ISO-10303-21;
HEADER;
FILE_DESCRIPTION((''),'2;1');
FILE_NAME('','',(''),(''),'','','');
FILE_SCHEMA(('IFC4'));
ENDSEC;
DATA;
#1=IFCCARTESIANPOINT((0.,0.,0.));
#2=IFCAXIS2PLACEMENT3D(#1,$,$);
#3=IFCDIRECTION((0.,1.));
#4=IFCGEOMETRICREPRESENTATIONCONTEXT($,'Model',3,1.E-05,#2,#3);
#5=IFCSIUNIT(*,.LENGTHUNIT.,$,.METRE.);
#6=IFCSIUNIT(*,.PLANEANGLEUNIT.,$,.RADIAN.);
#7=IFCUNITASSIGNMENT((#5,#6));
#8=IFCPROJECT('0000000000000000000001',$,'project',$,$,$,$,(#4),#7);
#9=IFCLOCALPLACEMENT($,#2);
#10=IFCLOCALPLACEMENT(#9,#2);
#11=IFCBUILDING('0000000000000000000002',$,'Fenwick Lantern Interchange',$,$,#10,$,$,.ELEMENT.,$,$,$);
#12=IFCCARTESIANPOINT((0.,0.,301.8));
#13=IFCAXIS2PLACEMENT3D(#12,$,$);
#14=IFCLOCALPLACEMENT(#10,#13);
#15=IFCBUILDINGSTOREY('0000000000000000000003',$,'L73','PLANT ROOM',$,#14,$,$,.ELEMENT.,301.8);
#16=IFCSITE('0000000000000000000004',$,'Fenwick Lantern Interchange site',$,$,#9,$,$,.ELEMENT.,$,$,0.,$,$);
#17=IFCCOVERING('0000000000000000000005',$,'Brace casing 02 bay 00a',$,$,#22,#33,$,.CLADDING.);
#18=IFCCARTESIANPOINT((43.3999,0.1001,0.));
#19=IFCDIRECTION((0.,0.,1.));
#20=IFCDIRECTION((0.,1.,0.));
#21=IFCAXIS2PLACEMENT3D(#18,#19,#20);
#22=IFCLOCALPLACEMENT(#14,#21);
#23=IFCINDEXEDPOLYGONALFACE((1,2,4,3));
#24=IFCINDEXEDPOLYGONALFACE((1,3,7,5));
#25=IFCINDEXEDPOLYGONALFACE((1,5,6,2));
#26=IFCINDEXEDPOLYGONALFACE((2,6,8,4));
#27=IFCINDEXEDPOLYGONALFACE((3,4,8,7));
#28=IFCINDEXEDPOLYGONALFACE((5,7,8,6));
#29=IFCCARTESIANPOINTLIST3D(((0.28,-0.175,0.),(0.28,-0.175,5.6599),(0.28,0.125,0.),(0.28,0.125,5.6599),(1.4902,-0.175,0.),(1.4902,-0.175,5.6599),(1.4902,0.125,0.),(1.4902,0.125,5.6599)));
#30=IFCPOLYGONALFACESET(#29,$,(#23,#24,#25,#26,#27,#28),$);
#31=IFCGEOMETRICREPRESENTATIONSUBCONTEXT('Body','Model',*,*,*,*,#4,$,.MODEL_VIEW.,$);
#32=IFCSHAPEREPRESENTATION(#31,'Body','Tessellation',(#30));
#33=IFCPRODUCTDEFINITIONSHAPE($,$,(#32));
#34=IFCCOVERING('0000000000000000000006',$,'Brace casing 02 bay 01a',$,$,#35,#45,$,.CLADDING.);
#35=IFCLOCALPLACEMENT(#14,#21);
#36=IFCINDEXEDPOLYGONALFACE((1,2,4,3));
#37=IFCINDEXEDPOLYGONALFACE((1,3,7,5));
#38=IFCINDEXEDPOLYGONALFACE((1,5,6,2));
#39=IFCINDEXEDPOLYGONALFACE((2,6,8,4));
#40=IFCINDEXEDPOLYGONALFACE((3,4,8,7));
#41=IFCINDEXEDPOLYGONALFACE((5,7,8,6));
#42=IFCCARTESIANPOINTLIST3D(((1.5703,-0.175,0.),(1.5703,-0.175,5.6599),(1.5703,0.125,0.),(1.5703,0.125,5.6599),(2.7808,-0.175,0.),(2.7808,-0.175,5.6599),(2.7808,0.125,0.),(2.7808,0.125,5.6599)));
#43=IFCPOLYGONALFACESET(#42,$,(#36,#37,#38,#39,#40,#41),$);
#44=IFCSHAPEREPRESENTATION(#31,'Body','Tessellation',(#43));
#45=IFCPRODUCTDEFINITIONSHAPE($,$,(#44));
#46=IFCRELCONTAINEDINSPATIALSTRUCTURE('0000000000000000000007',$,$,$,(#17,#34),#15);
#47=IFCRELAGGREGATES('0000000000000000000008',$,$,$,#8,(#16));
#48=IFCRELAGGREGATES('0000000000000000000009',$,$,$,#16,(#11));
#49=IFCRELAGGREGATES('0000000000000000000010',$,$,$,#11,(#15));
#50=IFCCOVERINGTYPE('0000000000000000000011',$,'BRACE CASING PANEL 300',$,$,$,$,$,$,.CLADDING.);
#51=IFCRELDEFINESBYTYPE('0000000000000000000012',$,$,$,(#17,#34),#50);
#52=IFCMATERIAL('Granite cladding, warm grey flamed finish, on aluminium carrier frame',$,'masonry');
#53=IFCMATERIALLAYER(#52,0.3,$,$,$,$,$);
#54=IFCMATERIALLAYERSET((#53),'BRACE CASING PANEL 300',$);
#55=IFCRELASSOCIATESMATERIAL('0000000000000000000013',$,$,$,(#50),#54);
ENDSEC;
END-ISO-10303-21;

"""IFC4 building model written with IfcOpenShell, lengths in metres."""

from ifc_helpers import new_model, si_unit, direction, frame, origin, place, context, subcontext, project, spatial, polyline, outline, extrude, material, layer, layer_set, type_object, element, save


model = new_model("IFC4")

# Units and contexts
model_context = context("Model", 3, precision=1e-05, world=origin(), true_north=direction((0.0, 1.0)))
body_context = subcontext(model_context, "Body", "Model", "MODEL_VIEW")
ifc_project = project(units=[si_unit("LENGTHUNIT", "METRE"), si_unit("PLANEANGLEUNIT", "RADIAN")], contexts=[model_context])

# Site, building, storey
site_placement = place(None, origin())
site = spatial("IfcSite", under=ifc_project, at=site_placement, Name="Fenwick Lantern Interchange site", CompositionType="ELEMENT", RefElevation=0.0)
building_placement = place(site_placement, origin())
building = spatial("IfcBuilding", under=site, at=building_placement, Name="Fenwick Lantern Interchange", CompositionType="ELEMENT")
storey_placement = place(building_placement, frame((0.0, 0.0, 301.8)))
storey = spatial("IfcBuildingStorey", under=building, at=storey_placement, Name="L73", Description="PLANT ROOM", CompositionType="ELEMENT", Elevation=301.8)

# Coverings
ifc_material_1 = material(Name="Granite cladding, warm grey flamed finish, on aluminium carrier frame", Category="masonry")
ifc_layer = layer(ifc_material_1, 0.3)
ifc_layer_set = layer_set([ifc_layer], Name="BRACE CASING PANEL 300")
covering_type = type_object("IfcCoveringType", Name="BRACE CASING PANEL 300", PredefinedType="CLADDING", material=ifc_layer_set)
covering_1_placement = place(storey_placement, frame((43.3999, 0.1001, 0.0), z_axis=(0.0, 0.0, 1.0), x_axis=(0.0, 1.0, 0.0)))
element("IfcCovering", 1, at=covering_1_placement, inside=storey, type_object=covering_type, Name="Brace casing 02 bay 00a", PredefinedType="CLADDING", context=body_context, shape_type="SweptSolid", body=[
    extrude(outline(polyline([(0.28, 0.0), (1.4902, 0.0), (1.4902, 5.6599), (0.28, 5.6599), (0.28, 0.0)])), frame((0.0, 0.125, 0.0), z_axis=(0.0, -1.0, 0.0), x_axis=(1.0, 0.0, 0.0)), (0.0, 0.0, 1.0), 0.3),
])
covering_2_placement = place(storey_placement, frame((43.3999, 0.1001, 0.0), z_axis=(0.0, 0.0, 1.0), x_axis=(0.0, 1.0, 0.0)))
element("IfcCovering", 2, at=covering_2_placement, inside=storey, type_object=covering_type, Name="Brace casing 02 bay 01a", PredefinedType="CLADDING", context=body_context, shape_type="SweptSolid", body=[
    extrude(outline(polyline([(1.5703, 0.0), (2.7808, 0.0), (2.7808, 5.6599), (1.5703, 5.6599), (1.5703, 0.0)])), frame((0.0, 0.125, 0.0), z_axis=(0.0, -1.0, 0.0), x_axis=(1.0, 0.0, 0.0)), (0.0, 0.0, 1.0), 0.3),
])

save(model, "model.ifc")
